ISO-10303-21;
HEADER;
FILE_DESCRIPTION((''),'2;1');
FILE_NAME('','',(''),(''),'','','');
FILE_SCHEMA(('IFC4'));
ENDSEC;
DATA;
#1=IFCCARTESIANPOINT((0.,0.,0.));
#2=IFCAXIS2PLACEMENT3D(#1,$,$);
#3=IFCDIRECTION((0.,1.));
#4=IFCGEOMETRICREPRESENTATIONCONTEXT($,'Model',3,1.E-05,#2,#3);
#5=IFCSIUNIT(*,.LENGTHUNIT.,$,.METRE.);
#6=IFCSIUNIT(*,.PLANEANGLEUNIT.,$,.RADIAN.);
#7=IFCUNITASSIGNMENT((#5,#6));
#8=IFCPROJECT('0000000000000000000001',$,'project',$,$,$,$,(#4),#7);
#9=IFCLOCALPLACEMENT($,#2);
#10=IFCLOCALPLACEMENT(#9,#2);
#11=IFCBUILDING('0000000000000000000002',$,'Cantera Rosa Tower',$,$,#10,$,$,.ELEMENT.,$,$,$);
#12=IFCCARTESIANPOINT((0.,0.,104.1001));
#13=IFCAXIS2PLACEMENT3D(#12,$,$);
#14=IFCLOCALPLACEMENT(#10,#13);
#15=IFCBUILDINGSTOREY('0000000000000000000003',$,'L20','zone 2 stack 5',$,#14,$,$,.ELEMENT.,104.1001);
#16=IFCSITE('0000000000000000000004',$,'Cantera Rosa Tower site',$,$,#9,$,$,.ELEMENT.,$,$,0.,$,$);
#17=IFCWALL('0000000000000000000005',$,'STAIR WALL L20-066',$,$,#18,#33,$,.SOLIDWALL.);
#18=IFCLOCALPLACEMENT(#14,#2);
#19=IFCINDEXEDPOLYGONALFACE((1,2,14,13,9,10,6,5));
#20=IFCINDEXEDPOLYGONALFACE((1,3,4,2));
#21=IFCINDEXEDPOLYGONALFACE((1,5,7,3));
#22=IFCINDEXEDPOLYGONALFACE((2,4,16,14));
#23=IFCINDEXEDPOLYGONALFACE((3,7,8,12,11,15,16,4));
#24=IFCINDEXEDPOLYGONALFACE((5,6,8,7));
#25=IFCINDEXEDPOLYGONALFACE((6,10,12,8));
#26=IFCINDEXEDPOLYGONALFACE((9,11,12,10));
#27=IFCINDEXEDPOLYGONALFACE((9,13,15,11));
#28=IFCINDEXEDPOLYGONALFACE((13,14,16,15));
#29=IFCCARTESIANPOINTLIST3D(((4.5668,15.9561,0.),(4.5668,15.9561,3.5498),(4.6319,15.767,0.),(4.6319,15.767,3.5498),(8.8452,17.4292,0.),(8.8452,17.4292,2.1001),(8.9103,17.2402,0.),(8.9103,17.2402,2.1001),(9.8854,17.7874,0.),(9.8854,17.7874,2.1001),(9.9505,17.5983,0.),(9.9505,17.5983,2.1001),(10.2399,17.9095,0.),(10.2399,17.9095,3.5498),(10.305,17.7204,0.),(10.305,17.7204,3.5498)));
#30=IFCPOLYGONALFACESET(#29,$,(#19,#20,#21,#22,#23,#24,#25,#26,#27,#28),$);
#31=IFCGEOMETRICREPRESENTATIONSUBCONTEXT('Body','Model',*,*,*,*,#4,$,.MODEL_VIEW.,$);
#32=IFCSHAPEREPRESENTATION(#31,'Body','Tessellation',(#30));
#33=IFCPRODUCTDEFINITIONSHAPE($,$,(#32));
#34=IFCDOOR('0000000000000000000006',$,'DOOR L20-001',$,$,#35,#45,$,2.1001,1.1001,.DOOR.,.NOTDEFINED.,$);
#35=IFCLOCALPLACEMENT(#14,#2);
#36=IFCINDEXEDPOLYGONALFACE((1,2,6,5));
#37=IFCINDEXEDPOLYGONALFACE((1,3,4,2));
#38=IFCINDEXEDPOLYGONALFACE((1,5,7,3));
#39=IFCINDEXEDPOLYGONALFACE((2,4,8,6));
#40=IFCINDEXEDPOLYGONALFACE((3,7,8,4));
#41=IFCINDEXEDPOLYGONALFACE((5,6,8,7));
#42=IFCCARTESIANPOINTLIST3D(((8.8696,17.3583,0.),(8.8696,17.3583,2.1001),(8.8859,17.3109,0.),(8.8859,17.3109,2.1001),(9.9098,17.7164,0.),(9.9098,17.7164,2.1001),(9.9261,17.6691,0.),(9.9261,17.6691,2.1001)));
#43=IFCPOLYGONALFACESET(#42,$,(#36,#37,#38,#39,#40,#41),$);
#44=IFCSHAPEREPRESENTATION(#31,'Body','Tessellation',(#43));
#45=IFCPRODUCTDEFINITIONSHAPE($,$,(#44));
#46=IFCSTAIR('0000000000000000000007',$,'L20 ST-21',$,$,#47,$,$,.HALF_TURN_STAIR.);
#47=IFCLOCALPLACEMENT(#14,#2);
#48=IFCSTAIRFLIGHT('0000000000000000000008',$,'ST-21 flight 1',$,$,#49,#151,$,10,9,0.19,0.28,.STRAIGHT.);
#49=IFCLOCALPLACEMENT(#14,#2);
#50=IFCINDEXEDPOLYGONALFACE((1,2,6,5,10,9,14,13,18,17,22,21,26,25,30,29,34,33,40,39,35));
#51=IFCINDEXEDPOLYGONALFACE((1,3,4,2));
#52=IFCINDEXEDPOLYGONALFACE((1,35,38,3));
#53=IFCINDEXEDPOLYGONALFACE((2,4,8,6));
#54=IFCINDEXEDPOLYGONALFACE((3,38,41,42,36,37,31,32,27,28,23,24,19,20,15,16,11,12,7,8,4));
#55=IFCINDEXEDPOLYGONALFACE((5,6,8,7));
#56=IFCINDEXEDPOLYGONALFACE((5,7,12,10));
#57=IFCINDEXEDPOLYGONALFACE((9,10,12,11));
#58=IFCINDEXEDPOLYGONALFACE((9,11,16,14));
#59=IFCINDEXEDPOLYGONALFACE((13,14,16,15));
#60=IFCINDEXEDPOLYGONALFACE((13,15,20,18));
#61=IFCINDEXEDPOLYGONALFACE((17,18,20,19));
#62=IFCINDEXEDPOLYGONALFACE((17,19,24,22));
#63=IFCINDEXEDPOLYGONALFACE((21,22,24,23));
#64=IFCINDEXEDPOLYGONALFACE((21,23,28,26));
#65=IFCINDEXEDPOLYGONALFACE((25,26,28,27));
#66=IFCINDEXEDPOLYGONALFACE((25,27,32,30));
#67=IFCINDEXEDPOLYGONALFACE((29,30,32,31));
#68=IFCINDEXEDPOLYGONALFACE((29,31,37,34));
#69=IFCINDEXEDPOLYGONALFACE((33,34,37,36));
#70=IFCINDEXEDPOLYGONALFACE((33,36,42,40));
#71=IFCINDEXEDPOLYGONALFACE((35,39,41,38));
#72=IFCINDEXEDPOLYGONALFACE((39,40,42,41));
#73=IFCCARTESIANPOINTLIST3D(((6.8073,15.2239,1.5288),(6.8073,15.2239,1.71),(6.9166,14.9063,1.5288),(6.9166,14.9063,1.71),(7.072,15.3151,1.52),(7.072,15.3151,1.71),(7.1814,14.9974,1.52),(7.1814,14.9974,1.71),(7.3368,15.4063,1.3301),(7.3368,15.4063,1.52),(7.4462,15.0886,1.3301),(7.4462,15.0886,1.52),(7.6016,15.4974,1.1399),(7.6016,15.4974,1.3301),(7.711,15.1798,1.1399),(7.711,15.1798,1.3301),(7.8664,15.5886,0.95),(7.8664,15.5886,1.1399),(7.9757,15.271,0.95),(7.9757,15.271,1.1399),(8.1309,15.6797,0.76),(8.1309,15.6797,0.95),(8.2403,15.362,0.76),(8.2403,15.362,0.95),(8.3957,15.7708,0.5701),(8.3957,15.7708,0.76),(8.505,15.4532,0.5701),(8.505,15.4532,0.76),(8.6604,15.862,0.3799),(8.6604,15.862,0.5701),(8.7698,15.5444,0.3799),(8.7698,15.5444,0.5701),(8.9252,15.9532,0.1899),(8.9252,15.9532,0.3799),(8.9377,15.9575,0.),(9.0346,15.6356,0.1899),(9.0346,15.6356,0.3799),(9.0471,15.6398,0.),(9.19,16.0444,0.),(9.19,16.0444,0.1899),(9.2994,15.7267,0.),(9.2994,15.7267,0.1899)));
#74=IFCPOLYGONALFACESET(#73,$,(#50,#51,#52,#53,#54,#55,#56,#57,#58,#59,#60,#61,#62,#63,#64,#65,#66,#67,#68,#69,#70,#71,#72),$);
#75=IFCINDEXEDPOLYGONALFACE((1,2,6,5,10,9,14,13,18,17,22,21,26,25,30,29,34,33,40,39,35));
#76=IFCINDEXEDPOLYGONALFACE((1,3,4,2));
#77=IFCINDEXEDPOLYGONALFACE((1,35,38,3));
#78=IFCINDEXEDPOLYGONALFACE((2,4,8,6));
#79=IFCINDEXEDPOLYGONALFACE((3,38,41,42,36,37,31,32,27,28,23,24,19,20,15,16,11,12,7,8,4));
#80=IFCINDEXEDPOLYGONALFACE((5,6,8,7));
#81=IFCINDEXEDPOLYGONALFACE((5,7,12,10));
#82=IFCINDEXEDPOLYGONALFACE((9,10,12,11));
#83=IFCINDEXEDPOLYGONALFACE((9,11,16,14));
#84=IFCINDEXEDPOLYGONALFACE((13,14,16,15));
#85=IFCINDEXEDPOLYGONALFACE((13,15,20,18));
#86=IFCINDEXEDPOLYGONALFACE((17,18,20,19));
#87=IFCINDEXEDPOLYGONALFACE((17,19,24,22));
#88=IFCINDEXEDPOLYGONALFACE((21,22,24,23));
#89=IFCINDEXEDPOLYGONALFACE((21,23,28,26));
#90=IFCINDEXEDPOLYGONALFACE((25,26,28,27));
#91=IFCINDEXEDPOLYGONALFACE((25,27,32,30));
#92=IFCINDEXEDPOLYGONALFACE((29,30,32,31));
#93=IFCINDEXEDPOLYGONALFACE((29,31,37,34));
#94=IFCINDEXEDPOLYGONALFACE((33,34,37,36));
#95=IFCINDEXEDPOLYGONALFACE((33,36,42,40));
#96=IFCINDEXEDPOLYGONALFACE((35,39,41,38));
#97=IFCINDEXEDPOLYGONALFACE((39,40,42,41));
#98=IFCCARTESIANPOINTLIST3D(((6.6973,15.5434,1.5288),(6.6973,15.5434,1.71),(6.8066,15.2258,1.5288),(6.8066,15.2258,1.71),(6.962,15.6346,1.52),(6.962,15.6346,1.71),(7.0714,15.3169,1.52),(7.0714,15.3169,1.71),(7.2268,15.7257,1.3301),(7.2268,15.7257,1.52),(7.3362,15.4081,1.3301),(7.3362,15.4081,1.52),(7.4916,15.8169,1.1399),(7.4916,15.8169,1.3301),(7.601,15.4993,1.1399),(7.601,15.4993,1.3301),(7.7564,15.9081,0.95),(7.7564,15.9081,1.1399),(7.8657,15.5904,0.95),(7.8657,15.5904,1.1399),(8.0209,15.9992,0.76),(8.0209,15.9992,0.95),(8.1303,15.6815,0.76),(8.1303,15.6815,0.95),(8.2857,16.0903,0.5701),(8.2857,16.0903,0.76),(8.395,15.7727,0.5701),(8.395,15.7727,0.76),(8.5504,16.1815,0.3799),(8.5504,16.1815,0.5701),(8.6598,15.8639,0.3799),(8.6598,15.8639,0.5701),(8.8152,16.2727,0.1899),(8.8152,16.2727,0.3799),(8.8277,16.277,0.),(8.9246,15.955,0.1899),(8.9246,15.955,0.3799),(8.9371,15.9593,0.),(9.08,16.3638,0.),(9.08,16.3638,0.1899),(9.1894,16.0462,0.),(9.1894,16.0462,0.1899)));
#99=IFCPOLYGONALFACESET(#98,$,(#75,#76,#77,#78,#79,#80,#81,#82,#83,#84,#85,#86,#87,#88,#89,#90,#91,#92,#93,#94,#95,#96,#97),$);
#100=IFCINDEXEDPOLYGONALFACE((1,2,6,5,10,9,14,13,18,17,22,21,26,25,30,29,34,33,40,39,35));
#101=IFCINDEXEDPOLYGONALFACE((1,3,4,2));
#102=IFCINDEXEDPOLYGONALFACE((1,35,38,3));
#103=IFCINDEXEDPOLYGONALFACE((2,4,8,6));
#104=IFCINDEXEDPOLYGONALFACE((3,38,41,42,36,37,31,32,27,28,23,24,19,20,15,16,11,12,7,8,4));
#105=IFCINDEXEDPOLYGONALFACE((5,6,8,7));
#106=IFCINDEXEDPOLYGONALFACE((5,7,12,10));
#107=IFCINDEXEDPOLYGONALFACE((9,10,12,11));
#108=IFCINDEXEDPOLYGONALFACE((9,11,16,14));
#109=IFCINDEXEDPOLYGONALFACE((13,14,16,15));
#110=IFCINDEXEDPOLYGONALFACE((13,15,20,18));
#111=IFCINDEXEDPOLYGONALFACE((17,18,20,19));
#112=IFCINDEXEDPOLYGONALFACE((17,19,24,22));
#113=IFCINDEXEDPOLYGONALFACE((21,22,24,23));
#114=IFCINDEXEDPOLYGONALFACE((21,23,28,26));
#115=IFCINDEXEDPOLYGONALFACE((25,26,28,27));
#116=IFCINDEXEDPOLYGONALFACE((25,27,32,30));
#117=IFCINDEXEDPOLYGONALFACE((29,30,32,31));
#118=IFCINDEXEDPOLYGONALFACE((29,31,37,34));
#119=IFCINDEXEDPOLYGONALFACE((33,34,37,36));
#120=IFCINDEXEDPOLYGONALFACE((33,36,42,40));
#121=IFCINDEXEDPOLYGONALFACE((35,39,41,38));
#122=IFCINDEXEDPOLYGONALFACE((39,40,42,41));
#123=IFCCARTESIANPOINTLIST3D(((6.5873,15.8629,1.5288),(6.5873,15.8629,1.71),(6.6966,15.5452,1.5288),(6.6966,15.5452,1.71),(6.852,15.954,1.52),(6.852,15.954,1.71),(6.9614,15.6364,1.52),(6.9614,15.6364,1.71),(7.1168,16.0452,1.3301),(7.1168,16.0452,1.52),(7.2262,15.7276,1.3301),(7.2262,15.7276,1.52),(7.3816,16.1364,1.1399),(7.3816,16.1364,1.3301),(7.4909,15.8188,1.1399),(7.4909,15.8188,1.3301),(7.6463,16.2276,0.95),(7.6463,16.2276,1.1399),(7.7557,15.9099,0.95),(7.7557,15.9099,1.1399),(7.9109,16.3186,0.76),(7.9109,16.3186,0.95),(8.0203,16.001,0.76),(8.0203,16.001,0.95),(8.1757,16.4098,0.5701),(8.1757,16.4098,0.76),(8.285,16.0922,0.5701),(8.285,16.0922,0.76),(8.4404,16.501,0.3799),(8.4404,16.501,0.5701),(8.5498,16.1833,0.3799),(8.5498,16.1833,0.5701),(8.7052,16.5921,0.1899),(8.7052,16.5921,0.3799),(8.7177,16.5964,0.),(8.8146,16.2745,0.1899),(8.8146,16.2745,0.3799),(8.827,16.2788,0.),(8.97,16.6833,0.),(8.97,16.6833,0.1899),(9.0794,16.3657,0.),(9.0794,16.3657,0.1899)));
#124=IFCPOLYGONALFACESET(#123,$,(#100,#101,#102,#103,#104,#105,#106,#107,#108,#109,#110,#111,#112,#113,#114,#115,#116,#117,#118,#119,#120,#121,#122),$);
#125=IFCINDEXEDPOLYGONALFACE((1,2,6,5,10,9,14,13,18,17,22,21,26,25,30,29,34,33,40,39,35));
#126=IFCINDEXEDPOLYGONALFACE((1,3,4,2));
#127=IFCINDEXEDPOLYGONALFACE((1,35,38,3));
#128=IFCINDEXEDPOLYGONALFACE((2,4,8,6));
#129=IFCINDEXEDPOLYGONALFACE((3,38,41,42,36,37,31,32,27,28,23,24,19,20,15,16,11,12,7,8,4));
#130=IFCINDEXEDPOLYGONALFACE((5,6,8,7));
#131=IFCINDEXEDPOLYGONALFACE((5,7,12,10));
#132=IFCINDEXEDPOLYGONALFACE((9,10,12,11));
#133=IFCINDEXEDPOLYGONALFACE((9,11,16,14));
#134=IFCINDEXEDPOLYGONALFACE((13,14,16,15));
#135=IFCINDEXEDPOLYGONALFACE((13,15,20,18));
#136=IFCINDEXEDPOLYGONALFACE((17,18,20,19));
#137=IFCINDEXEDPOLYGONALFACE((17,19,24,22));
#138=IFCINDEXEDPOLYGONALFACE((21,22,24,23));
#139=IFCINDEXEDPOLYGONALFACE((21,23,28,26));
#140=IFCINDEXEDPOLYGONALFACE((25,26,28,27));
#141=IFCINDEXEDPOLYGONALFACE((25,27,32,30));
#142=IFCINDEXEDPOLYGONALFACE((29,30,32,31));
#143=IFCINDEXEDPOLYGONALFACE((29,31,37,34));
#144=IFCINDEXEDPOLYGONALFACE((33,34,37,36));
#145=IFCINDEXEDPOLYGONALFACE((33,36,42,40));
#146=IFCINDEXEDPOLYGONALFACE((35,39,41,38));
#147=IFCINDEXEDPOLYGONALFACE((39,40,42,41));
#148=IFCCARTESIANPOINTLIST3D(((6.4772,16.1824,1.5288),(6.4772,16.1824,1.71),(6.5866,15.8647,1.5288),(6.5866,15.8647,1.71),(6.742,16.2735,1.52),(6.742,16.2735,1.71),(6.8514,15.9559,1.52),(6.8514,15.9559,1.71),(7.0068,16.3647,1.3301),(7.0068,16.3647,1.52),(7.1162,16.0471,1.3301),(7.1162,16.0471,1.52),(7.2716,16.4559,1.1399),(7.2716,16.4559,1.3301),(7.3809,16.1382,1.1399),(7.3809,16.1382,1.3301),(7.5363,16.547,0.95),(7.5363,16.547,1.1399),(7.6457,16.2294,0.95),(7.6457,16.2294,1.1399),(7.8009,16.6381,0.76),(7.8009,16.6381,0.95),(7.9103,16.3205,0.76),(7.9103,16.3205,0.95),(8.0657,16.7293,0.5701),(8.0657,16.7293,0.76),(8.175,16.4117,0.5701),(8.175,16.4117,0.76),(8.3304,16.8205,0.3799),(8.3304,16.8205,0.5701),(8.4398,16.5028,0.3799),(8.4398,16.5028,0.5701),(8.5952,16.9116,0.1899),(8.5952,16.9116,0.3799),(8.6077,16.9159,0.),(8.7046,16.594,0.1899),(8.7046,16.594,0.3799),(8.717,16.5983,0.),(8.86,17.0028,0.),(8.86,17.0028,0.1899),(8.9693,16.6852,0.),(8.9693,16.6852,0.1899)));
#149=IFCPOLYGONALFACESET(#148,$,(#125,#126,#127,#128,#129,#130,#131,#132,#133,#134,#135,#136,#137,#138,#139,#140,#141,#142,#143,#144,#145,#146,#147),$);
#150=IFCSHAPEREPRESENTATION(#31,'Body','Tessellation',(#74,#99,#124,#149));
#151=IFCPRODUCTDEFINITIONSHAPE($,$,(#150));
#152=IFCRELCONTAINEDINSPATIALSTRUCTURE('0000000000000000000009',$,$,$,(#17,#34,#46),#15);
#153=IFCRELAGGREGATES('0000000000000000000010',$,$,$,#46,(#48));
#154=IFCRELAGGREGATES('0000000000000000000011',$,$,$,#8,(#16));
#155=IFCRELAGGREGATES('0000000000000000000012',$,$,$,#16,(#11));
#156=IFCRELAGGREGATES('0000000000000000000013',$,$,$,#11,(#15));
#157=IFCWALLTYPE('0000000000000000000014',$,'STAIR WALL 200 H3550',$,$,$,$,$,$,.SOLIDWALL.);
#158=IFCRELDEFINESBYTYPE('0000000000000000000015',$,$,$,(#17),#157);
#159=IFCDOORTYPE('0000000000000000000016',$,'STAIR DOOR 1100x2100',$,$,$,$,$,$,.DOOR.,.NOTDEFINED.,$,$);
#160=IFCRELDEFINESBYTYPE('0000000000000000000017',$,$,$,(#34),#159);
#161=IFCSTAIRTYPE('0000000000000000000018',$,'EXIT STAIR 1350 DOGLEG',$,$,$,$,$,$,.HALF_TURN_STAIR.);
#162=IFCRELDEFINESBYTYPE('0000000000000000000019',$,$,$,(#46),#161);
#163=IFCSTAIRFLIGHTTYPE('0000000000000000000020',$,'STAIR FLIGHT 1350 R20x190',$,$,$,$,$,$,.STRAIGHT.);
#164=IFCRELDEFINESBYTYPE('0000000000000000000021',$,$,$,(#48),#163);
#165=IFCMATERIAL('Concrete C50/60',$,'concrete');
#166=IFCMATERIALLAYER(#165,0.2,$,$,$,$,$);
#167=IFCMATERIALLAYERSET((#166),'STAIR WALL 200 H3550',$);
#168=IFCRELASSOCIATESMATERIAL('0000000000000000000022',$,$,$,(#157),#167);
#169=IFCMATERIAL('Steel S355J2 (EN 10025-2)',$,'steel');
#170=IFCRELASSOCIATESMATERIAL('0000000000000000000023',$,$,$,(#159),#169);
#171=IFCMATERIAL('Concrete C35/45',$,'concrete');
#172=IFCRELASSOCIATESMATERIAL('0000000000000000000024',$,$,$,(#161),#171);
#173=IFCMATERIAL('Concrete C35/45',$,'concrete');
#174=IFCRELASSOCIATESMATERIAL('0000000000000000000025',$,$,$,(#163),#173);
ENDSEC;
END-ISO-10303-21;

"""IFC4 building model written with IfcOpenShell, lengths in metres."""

from ifc_helpers import new_model, si_unit, direction, frame, frame_2d, origin, place, context, subcontext, project, spatial, polyline, rectangle, outline, extrude, material, layer, layer_set, type_object, element, fill, aggregate, save


model = new_model("IFC4")

# Units and contexts
model_context = context("Model", 3, precision=1e-05, world=origin(), true_north=direction((0.0, 1.0)))
body_context = subcontext(model_context, "Body", "Model", "MODEL_VIEW")
ifc_project = project(units=[si_unit("LENGTHUNIT", "METRE"), si_unit("PLANEANGLEUNIT", "RADIAN")], contexts=[model_context])

# Site, building, storey
site_placement = place(None, origin())
site = spatial("IfcSite", under=ifc_project, at=site_placement, Name="Cantera Rosa Tower site", CompositionType="ELEMENT", RefElevation=0.0)
building_placement = place(site_placement, origin())
building = spatial("IfcBuilding", under=site, at=building_placement, Name="Cantera Rosa Tower", CompositionType="ELEMENT")
storey_placement = place(building_placement, frame((0.0, 0.0, 104.1001)))
storey = spatial("IfcBuildingStorey", under=building, at=storey_placement, Name="L20", Description="zone 2 stack 5", CompositionType="ELEMENT", Elevation=104.1001)

# Shared definitions
ifc_material_1 = material(Name="Concrete C50/60", Category="concrete")
ifc_layer_1 = layer(ifc_material_1, 0.2)
ifc_layer_set_1 = layer_set([ifc_layer_1], Name="STAIR WALL 200 H3550")
wall_type_1 = type_object("IfcWallType", Name="STAIR WALL 200 H3550", PredefinedType="SOLIDWALL", material=ifc_layer_set_1)

# Wall, opening, door
wall_1_placement = place(storey_placement, frame((4.5994, 15.8616, 0.0), z_axis=(0.0, 0.0, 1.0), x_axis=(0.94552, 0.325563, 0.0)))
wall_1 = element("IfcWall", 1, at=wall_1_placement, inside=storey, type_object=wall_type_1, Name="STAIR WALL L20-066", PredefinedType="SOLIDWALL", context=body_context, shape_type="SweptSolid", body=[
    extrude(rectangle(XDim=6.0, YDim=0.2, at=frame_2d((3.0, 0.0))), origin(), (0.0, 0.0, 1.0), 3.5498),
])
opening_1_placement = place(wall_1_placement, frame((4.5249, 0.0, 0.0)))
opening_1 = element("IfcOpeningElement", 2, at=opening_1_placement, cuts=wall_1, PredefinedType="OPENING", context=body_context, shape_type="SweptSolid", body=[
    extrude(rectangle(XDim=1.1001, YDim=2.1001, at=frame_2d((0.55, 1.05))), frame((0.0, 0.1099, 0.0), z_axis=(0.0, -1.0, 0.0), x_axis=(1.0, 0.0, 0.0)), (0.0, 0.0, 1.0), 0.22),
])
ifc_material_2 = material(Name="Steel S355J2 (EN 10025-2)", Category="steel")
door_type_1 = type_object("IfcDoorType", Name="STAIR DOOR 1100x2100", OperationType="NOTDEFINED", PredefinedType="DOOR", material=ifc_material_2)
door_1_placement = place(opening_1_placement, origin())
door_1 = element("IfcDoor", 3, at=door_1_placement, inside=storey, type_object=door_type_1, Name="DOOR L20-001", OperationType="NOTDEFINED", OverallHeight=2.1001, OverallWidth=1.1001, PredefinedType="DOOR", context=body_context, shape_type="SweptSolid", body=[
    extrude(rectangle(XDim=1.1001, YDim=2.1001, at=frame_2d((0.55, 1.05))), frame((0.0, 0.0249, 0.0), z_axis=(0.0, -1.0, 0.0), x_axis=(1.0, 0.0, 0.0)), (0.0, 0.0, 1.0), 0.05),
])
fill(opening_1, door_1)

# Stair, stair flight
ifc_material_3 = material(Name="Concrete C35/45", Category="concrete")
stair_type = type_object("IfcStairType", Name="EXIT STAIR 1350 DOGLEG", PredefinedType="HALF_TURN_STAIR", material=ifc_material_3)
stair_placement = place(storey_placement, origin())
stair = element("IfcStair", 4, at=stair_placement, inside=storey, type_object=stair_type, Name="L20 ST-21", PredefinedType="HALF_TURN_STAIR")
ifc_material_4 = material(Name="Concrete C35/45", Category="concrete")
stair_flight_type = type_object("IfcStairFlightType", Name="STAIR FLIGHT 1350 R20x190", PredefinedType="STRAIGHT", material=ifc_material_4)
stair_flight_placement = place(storey_placement, frame((9.0796, 16.365, 0.0), z_axis=(0.0, 0.0, 1.0), x_axis=(-0.945519, -0.325568, 0.0)))
stair_flight = element("IfcStairFlight", 5, at=stair_flight_placement, type_object=stair_flight_type, Name="ST-21 flight 1", NumberOfRisers=10, NumberOfTreads=9, PredefinedType="STRAIGHT", RiserHeight=0.19, TreadLength=0.28, context=body_context, shape_type="SweptSolid", body=[
    extrude(outline(polyline([(0.0, 0.0), (0.0, 0.1899), (0.28, 0.1899), (0.28, 0.3799), (0.5601, 0.3799), (0.5601, 0.5701), (0.8401, 0.5701), (0.8401, 0.76), (1.1201, 0.76), (1.1201, 0.95), (1.3999, 0.95), (1.3999, 1.1399), (1.6799, 1.1399), (1.6799, 1.3301), (1.96, 1.3301), (1.96, 1.52), (2.24, 1.52), (2.24, 1.71), (2.52, 1.71), (2.52, 1.8999), (2.52, 1.5288), (0.2668, 0.0), (0.0, 0.0)])), frame((0.0, 0.675, 0.0), z_axis=(0.0, -1.0, 0.0), x_axis=(1.0, 0.0, 0.0)), (0.0, 0.0, 1.0), 0.3359),
    extrude(outline(polyline([(0.0, 0.0), (0.0, 0.1899), (0.28, 0.1899), (0.28, 0.3799), (0.5601, 0.3799), (0.5601, 0.5701), (0.8401, 0.5701), (0.8401, 0.76), (1.1201, 0.76), (1.1201, 0.95), (1.3999, 0.95), (1.3999, 1.1399), (1.6799, 1.1399), (1.6799, 1.3301), (1.96, 1.3301), (1.96, 1.52), (2.24, 1.52), (2.24, 1.71), (2.52, 1.71), (2.52, 1.8999), (2.52, 1.5288), (0.2668, 0.0), (0.0, 0.0)])), frame((0.0, 0.3372, 0.0), z_axis=(0.0, -1.0, 0.0), x_axis=(1.0, 0.0, 0.0)), (0.0, 0.0, 1.0), 0.3359),
    extrude(outline(polyline([(0.0, 0.0), (0.0, 0.1899), (0.28, 0.1899), (0.28, 0.3799), (0.5601, 0.3799), (0.5601, 0.5701), (0.8401, 0.5701), (0.8401, 0.76), (1.1201, 0.76), (1.1201, 0.95), (1.3999, 0.95), (1.3999, 1.1399), (1.6799, 1.1399), (1.6799, 1.3301), (1.96, 1.3301), (1.96, 1.52), (2.24, 1.52), (2.24, 1.71), (2.52, 1.71), (2.52, 1.8999), (2.52, 1.5288), (0.2668, 0.0), (0.0, 0.0)])), frame((0.0, -0.0007, 0.0), z_axis=(0.0, -1.0, 0.0), x_axis=(1.0, 0.0, 0.0)), (0.0, 0.0, 1.0), 0.3359),
    extrude(outline(polyline([(0.0, 0.0), (0.0, 0.1899), (0.28, 0.1899), (0.28, 0.3799), (0.5601, 0.3799), (0.5601, 0.5701), (0.8401, 0.5701), (0.8401, 0.76), (1.1201, 0.76), (1.1201, 0.95), (1.3999, 0.95), (1.3999, 1.1399), (1.6799, 1.1399), (1.6799, 1.3301), (1.96, 1.3301), (1.96, 1.52), (2.24, 1.52), (2.24, 1.71), (2.52, 1.71), (2.52, 1.8999), (2.52, 1.5288), (0.2668, 0.0), (0.0, 0.0)])), frame((0.0, -0.3386, 0.0), z_axis=(0.0, -1.0, 0.0), x_axis=(1.0, 0.0, 0.0)), (0.0, 0.0, 1.0), 0.3359),
])
aggregate(stair, [stair_flight])

save(model, "model.ifc")
